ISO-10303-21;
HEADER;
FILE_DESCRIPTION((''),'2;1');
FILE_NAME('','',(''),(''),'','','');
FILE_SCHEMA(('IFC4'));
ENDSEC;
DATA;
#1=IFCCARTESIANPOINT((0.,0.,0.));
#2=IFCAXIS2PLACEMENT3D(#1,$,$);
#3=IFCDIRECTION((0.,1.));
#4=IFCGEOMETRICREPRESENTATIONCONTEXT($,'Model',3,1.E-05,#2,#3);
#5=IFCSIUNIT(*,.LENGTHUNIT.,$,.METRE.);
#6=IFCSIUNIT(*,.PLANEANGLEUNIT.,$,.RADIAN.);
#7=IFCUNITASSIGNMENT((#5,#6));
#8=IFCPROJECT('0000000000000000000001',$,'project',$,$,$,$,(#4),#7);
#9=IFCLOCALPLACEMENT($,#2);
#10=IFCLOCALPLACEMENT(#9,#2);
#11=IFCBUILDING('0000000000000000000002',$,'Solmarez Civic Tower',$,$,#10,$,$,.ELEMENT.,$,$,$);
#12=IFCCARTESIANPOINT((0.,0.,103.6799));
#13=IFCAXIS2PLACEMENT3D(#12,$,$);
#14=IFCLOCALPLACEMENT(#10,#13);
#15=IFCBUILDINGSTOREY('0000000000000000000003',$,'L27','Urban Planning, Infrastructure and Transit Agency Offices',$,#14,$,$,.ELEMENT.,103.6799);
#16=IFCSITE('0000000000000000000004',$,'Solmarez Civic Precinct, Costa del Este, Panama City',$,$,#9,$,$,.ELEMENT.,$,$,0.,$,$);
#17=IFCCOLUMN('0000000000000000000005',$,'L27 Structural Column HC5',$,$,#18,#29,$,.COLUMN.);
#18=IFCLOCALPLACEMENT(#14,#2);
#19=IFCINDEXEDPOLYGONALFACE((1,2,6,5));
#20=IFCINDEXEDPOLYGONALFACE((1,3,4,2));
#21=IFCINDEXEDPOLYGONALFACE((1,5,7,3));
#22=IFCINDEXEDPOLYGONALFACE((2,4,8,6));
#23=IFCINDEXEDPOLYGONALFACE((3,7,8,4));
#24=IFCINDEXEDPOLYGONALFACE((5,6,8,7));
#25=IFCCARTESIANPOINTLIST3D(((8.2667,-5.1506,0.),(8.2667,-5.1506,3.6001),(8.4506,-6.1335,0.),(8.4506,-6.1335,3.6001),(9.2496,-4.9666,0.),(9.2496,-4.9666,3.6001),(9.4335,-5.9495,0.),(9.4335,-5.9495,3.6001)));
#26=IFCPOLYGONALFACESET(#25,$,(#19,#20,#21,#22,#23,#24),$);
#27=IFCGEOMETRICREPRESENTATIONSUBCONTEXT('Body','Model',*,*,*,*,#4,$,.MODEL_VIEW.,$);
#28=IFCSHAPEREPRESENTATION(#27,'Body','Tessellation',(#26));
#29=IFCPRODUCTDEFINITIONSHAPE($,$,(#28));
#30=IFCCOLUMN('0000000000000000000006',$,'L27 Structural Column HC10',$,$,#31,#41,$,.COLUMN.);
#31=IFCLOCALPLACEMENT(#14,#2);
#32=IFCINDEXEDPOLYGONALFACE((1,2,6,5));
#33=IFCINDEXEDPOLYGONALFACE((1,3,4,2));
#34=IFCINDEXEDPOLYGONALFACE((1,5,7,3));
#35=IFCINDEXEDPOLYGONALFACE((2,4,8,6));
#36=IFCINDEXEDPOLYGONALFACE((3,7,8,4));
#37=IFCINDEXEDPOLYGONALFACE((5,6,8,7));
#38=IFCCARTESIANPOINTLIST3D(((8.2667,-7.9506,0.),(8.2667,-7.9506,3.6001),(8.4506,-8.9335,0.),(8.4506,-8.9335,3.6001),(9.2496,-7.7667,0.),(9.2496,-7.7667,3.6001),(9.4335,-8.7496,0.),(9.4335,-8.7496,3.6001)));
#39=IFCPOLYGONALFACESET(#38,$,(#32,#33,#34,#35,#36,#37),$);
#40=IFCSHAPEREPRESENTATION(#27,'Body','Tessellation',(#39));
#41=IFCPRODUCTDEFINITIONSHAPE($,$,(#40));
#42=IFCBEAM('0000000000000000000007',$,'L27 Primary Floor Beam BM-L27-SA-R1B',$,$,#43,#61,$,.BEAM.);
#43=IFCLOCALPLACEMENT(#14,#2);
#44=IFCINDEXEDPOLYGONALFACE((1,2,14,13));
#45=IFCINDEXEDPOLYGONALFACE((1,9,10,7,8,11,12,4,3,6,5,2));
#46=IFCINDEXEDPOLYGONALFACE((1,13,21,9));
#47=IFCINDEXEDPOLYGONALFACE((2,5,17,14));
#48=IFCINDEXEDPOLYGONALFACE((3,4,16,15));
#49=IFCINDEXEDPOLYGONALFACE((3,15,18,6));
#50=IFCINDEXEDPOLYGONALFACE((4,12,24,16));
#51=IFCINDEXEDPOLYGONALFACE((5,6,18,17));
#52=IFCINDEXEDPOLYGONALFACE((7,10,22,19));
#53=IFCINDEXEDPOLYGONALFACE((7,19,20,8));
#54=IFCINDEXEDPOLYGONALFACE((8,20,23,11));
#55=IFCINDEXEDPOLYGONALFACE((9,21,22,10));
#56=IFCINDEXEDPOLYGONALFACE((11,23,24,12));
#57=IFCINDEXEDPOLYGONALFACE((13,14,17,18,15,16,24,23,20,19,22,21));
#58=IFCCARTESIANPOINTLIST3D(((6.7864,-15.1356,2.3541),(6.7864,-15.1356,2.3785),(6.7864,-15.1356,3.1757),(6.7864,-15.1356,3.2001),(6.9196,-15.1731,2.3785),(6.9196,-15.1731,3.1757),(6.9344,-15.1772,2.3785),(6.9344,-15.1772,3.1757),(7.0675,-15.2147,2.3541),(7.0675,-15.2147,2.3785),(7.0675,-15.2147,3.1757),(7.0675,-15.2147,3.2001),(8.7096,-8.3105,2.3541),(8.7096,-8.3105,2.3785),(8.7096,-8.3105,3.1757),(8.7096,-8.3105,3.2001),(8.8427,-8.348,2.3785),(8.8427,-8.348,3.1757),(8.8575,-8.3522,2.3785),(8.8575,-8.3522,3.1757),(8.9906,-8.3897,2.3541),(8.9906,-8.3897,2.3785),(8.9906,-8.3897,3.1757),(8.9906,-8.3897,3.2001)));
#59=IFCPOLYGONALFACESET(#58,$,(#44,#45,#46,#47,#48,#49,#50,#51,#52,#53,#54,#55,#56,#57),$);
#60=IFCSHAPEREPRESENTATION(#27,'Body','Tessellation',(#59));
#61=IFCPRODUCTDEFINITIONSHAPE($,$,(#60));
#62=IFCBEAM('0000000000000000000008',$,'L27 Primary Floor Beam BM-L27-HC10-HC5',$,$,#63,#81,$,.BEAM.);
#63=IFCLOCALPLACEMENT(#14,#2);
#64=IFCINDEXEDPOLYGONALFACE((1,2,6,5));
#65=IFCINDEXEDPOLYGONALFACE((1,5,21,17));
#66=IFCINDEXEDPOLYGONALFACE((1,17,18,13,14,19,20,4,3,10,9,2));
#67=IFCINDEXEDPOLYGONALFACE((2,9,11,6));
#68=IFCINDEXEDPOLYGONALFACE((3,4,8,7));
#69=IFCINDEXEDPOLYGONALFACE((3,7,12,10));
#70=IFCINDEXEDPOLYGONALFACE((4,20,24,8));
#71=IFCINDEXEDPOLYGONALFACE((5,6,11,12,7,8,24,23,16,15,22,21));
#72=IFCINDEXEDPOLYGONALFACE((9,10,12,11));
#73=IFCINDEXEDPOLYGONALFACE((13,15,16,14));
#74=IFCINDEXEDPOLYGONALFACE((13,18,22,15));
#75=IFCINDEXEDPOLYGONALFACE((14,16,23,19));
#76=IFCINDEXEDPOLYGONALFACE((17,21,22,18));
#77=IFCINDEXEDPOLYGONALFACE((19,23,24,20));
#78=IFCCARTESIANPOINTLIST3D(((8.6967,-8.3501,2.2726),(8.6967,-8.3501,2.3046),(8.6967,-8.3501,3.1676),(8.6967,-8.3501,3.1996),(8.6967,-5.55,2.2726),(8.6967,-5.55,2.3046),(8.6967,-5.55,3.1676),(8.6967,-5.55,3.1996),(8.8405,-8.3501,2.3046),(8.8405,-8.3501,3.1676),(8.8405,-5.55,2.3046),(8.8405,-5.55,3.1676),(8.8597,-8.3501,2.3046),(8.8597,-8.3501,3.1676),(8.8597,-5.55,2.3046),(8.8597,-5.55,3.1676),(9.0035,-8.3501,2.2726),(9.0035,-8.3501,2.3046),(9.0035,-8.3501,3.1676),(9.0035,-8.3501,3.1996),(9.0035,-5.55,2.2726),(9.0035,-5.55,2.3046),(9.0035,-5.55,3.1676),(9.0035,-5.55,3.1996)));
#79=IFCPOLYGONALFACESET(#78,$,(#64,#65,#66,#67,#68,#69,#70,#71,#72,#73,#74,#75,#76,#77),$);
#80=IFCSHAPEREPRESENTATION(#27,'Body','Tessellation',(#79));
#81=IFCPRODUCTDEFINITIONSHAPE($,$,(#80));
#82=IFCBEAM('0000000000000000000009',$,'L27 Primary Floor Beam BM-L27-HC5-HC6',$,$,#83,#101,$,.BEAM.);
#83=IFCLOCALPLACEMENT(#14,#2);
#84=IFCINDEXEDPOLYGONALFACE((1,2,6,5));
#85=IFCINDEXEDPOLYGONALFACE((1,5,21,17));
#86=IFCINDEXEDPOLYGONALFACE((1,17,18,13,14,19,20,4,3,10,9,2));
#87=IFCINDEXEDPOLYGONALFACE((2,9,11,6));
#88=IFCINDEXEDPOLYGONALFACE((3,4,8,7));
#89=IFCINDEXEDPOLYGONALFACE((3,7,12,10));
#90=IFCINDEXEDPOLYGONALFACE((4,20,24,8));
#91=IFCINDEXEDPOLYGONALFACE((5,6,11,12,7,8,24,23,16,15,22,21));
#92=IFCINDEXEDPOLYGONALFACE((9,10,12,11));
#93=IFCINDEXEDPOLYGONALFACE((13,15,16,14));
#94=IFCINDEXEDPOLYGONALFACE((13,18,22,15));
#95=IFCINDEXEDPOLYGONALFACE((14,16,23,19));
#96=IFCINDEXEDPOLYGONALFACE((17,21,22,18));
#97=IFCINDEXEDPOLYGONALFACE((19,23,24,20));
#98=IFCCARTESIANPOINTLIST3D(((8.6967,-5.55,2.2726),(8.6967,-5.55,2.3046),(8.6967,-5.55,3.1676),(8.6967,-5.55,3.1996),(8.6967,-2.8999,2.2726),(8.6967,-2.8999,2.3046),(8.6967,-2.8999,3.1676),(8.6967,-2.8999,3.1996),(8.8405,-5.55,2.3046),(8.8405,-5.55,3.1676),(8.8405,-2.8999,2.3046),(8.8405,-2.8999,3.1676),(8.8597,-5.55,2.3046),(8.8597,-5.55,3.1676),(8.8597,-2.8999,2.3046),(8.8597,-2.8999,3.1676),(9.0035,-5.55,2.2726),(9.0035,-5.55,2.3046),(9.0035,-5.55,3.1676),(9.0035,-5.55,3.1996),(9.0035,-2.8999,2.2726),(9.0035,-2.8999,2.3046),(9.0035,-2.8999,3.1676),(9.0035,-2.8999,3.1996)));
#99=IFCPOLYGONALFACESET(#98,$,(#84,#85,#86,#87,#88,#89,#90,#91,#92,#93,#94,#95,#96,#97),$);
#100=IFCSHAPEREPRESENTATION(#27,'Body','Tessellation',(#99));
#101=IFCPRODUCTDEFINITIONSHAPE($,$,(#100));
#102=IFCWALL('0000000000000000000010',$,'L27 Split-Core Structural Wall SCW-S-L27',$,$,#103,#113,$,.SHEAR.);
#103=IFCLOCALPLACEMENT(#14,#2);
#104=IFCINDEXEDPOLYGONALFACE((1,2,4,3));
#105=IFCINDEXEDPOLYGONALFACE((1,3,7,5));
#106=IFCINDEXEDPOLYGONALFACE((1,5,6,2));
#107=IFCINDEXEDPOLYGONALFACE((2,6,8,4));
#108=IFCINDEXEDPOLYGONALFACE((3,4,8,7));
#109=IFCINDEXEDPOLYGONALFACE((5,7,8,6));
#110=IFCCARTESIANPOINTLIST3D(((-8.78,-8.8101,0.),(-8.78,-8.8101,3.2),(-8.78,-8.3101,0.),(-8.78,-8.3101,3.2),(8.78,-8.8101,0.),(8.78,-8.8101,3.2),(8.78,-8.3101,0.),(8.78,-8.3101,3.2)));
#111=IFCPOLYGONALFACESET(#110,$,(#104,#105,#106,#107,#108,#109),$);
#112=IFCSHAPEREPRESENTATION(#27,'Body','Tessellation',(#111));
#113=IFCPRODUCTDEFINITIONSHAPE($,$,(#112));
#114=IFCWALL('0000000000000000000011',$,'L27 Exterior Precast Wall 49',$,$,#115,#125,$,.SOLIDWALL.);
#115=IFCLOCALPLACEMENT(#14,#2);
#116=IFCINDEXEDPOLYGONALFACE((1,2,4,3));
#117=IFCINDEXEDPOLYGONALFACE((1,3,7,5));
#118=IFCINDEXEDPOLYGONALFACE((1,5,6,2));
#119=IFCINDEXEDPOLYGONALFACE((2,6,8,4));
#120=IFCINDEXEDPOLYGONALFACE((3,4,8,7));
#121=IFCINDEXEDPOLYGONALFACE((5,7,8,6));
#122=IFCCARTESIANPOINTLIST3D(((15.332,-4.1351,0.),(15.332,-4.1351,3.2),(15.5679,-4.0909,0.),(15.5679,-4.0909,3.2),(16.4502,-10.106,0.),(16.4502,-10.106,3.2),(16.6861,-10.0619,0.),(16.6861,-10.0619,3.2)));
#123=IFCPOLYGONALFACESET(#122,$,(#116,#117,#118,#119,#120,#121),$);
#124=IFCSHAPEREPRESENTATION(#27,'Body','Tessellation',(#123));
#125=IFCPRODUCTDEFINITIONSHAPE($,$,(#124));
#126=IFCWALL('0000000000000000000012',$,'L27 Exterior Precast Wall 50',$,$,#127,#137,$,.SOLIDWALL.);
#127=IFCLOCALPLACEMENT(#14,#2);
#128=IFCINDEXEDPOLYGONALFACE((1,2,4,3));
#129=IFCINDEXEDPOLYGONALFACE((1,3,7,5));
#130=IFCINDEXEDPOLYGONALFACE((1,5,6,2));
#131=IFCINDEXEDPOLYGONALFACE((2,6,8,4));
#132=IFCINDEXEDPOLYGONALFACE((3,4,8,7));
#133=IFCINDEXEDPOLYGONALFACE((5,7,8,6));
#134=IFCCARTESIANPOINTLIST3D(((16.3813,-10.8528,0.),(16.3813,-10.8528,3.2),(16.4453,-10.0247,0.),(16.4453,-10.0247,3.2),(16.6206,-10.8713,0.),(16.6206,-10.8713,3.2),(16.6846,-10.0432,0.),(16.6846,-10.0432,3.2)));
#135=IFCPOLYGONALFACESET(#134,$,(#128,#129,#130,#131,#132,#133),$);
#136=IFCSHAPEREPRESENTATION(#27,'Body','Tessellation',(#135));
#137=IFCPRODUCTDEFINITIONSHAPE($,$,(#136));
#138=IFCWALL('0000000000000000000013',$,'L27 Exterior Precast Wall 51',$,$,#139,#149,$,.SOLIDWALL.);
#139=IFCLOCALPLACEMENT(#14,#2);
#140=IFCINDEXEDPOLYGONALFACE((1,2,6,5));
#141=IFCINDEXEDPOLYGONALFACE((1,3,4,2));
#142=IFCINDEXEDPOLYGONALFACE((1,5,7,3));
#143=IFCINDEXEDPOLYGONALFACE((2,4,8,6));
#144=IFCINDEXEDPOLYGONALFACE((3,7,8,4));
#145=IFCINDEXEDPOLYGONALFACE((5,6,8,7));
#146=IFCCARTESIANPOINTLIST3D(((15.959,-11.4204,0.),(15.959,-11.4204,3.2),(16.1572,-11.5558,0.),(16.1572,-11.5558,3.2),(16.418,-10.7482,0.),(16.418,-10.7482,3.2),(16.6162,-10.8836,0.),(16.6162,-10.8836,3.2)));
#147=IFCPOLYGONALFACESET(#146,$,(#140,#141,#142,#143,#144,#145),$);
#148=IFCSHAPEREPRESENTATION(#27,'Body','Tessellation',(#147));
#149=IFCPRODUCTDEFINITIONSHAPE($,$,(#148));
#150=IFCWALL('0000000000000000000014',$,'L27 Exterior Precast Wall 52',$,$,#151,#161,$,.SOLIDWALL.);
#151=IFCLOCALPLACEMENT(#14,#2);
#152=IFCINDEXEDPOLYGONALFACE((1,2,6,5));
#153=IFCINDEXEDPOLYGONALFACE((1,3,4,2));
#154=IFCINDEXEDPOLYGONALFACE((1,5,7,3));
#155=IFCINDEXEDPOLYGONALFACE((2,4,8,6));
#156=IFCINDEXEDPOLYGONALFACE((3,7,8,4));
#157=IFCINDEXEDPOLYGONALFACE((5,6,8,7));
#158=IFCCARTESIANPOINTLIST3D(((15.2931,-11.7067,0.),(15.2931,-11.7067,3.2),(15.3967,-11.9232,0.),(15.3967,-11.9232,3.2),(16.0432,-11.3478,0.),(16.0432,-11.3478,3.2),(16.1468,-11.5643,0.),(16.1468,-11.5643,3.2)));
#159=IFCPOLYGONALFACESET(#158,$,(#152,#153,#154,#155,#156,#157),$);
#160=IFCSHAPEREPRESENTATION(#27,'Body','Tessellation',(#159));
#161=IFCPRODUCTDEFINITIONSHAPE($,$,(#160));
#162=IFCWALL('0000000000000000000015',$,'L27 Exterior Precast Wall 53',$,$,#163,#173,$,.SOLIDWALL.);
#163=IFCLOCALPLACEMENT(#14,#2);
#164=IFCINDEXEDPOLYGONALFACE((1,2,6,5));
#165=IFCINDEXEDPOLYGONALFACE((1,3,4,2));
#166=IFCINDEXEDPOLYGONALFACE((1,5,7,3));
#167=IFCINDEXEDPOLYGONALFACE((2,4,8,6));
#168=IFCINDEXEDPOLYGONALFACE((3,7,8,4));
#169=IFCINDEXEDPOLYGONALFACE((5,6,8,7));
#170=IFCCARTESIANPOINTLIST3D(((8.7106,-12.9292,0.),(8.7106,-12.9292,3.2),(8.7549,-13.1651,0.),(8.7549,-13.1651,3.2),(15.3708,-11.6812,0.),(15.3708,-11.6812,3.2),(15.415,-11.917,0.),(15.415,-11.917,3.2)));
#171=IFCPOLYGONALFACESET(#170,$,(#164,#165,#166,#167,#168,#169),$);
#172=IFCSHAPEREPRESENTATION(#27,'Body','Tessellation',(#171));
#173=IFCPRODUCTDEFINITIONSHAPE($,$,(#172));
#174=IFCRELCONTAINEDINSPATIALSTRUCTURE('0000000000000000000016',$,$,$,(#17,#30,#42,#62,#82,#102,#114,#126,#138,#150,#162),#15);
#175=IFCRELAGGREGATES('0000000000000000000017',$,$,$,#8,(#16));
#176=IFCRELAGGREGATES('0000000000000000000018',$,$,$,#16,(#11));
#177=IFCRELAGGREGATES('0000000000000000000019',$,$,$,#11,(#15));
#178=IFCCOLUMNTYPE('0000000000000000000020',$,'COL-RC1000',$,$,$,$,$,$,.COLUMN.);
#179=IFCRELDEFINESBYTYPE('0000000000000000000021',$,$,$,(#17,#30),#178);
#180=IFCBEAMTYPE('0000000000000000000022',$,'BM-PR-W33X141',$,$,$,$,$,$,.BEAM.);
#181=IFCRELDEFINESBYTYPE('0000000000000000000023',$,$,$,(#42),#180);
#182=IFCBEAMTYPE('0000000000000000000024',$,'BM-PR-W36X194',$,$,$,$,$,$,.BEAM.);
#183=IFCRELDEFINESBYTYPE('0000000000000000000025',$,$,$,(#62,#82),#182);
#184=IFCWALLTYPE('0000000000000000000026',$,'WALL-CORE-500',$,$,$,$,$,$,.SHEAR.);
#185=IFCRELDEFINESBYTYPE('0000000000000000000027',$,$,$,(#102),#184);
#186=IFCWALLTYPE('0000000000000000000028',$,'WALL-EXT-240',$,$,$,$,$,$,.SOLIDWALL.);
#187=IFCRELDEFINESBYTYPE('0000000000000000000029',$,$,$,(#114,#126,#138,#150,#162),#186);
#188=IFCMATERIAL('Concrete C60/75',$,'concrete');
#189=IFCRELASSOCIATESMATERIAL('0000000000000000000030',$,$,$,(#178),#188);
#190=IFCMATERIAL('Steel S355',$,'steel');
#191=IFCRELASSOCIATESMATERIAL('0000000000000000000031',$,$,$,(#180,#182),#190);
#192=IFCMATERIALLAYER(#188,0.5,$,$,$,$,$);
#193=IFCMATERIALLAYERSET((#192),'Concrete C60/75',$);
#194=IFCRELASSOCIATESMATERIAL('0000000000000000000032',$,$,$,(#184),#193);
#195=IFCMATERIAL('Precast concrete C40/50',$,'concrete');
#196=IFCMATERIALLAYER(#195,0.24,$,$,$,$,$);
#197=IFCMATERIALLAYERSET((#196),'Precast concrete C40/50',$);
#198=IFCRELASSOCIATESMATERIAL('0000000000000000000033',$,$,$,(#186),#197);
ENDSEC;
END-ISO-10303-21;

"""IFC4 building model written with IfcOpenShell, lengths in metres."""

from ifc_helpers import new_model, si_unit, direction, frame, frame_2d, origin, origin_2d, place, context, subcontext, project, spatial, rectangle, i_section, extrude, material, layer, layer_set, material_profile, profile_set, type_object, element, save


model = new_model("IFC4")

# Units and contexts
model_context = context("Model", 3, precision=1e-05, world=origin(), true_north=direction((0.0, 1.0)))
body_context = subcontext(model_context, "Body", "Model", "MODEL_VIEW")
ifc_project = project(units=[si_unit("LENGTHUNIT", "METRE"), si_unit("PLANEANGLEUNIT", "RADIAN")], contexts=[model_context])

# Site, building, storey
site_placement = place(None, origin())
site = spatial("IfcSite", under=ifc_project, at=site_placement, Name="Solmarez Civic Precinct, Costa del Este, Panama City", CompositionType="ELEMENT", RefElevation=0.0)
building_placement = place(site_placement, origin())
building = spatial("IfcBuilding", under=site, at=building_placement, Name="Solmarez Civic Tower", CompositionType="ELEMENT")
storey_placement = place(building_placement, frame((0.0, 0.0, 103.6799)))
storey = spatial("IfcBuildingStorey", under=building, at=storey_placement, Name="L27", Description="Urban Planning, Infrastructure and Transit Agency Offices", CompositionType="ELEMENT", Elevation=103.6799)

# Columns
ifc_material_1 = material(Name="Concrete C60/75", Category="concrete")
ifc_material_profile_1 = material_profile(ifc_material_1, rectangle(XDim=1.0, YDim=1.0, at=origin_2d()), Name="RC1000X1000")
ifc_profile_set_1 = profile_set([ifc_material_profile_1], Name="Concrete C60/75")
column_type = type_object("IfcColumnType", Name="COL-RC1000", PredefinedType="COLUMN", material=ifc_profile_set_1)
for number, where, z_axis, x_axis, name in (
    (1, (8.8501, -5.55, 0.0), (0.0, 0.0, 1.0), (0.982935, 0.183951, 0.0), "L27 Structural Column HC5"),
    (2, (8.8501, -8.3501, 0.0), (0.0, 0.0, 1.0), (0.982935, 0.183951, 0.0), "L27 Structural Column HC10"),
):
    element("IfcColumn", number, at=place(storey_placement, frame(where, z_axis=z_axis, x_axis=x_axis)), inside=storey, type_object=column_type, Name=name, PredefinedType="COLUMN", context=body_context, shape_type="SweptSolid", body=[
        extrude(rectangle(XDim=1.0, YDim=1.0, at=origin_2d()), origin(), (0.0, 0.0, 1.0), 3.6001),
    ])

# Beams
ifc_material_2 = material(Name="Steel S355", Category="steel")
ifc_material_profile_2 = material_profile(ifc_material_2, i_section(OverallWidth=0.292, OverallDepth=0.8459, WebThickness=0.0154, FlangeThickness=0.0244, at=origin_2d()), Name="W33X141")
ifc_profile_set_2 = profile_set([ifc_material_profile_2], Name="Steel S355")
beam_type_1 = type_object("IfcBeamType", Name="BM-PR-W33X141", PredefinedType="BEAM", material=ifc_profile_set_2)
beam_1_placement = place(storey_placement, frame((8.8501, -8.3501, 2.7771), z_axis=(-0.271213, -0.962519, 0.0), x_axis=(0.962519, -0.271213, 0.0)))
element("IfcBeam", 3, at=beam_1_placement, inside=storey, type_object=beam_type_1, Name="L27 Primary Floor Beam BM-L27-SA-R1B", PredefinedType="BEAM", context=body_context, shape_type="SweptSolid", body=[
    extrude(i_section(OverallWidth=0.292, OverallDepth=0.8459, WebThickness=0.0154, FlangeThickness=0.0244, at=origin_2d()), origin(), (0.0, 0.0, 1.0), 7.0908),
])
ifc_material_profile_3 = material_profile(ifc_material_2, i_section(OverallWidth=0.3069, OverallDepth=0.927, WebThickness=0.0193, FlangeThickness=0.032, at=origin_2d()), Name="W36X194")
ifc_profile_set_3 = profile_set([ifc_material_profile_3], Name="Steel S355")
beam_type_2 = type_object("IfcBeamType", Name="BM-PR-W36X194", PredefinedType="BEAM", material=ifc_profile_set_3)
beam_2_placement = place(storey_placement, frame((8.8501, -8.3501, 2.7361), z_axis=(0.0, 1.0, 0.0), x_axis=(-1.0, 0.0, 0.0)))
element("IfcBeam", 4, at=beam_2_placement, inside=storey, type_object=beam_type_2, Name="L27 Primary Floor Beam BM-L27-HC10-HC5", PredefinedType="BEAM", context=body_context, shape_type="SweptSolid", body=[
    extrude(i_section(OverallWidth=0.3069, OverallDepth=0.927, WebThickness=0.0193, FlangeThickness=0.032, at=origin_2d()), origin(), (0.0, 0.0, 1.0), 2.8),
])
beam_3_placement = place(storey_placement, frame((8.8501, -5.55, 2.7361), z_axis=(0.0, 1.0, 0.0), x_axis=(-1.0, 0.0, 0.0)))
element("IfcBeam", 5, at=beam_3_placement, inside=storey, type_object=beam_type_2, Name="L27 Primary Floor Beam BM-L27-HC5-HC6", PredefinedType="BEAM", context=body_context, shape_type="SweptSolid", body=[
    extrude(i_section(OverallWidth=0.3069, OverallDepth=0.927, WebThickness=0.0193, FlangeThickness=0.032, at=origin_2d()), origin(), (0.0, 0.0, 1.0), 2.6501),
])

# Walls
ifc_layer_1 = layer(ifc_material_1, 0.5)
ifc_layer_set_1 = layer_set([ifc_layer_1], Name="Concrete C60/75")
wall_type_1 = type_object("IfcWallType", Name="WALL-CORE-500", PredefinedType="SHEAR", material=ifc_layer_set_1)
wall_1_placement = place(storey_placement, frame((8.78, -8.5601, 0.0), z_axis=(0.0, 0.0, 1.0), x_axis=(-1.0, 0.0, 0.0)))
element("IfcWall", 6, at=wall_1_placement, inside=storey, type_object=wall_type_1, Name="L27 Split-Core Structural Wall SCW-S-L27", PredefinedType="SHEAR", context=body_context, shape_type="SweptSolid", body=[
    extrude(rectangle(XDim=17.5601, YDim=0.5, at=frame_2d((8.78, 0.0))), origin(), (0.0, 0.0, 1.0), 3.2),
])
ifc_material_3 = material(Name="Precast concrete C40/50", Category="concrete")
ifc_layer_2 = layer(ifc_material_3, 0.24)
ifc_layer_set_2 = layer_set([ifc_layer_2], Name="Precast concrete C40/50")
wall_type_2 = type_object("IfcWallType", Name="WALL-EXT-240", PredefinedType="SOLIDWALL", material=ifc_layer_set_2)
wall_2_placement = place(storey_placement, frame((15.45, -4.113, 0.0), z_axis=(0.0, 0.0, 1.0), x_axis=(0.184068, -0.982914, 0.0)))
element("IfcWall", 7, at=wall_2_placement, inside=storey, type_object=wall_type_2, Name="L27 Exterior Precast Wall 49", PredefinedType="SOLIDWALL", context=body_context, shape_type="SweptSolid", body=[
    extrude(rectangle(XDim=6.0747, YDim=0.24, at=frame_2d((3.0374, 0.0))), origin(), (0.0, 0.0, 1.0), 3.2),
])
wall_3_placement = place(storey_placement, frame((16.5649, -10.0339, 0.0), z_axis=(0.0, 0.0, 1.0), x_axis=(-0.077011, -0.99703, 0.0)))
element("IfcWall", 8, at=wall_3_placement, inside=storey, type_object=wall_type_2, Name="L27 Exterior Precast Wall 50", PredefinedType="SOLIDWALL", context=body_context, shape_type="SweptSolid", body=[
    extrude(rectangle(XDim=0.8306, YDim=0.24, at=frame_2d((0.4153, 0.0))), origin(), (0.0, 0.0, 1.0), 3.2),
])
wall_4_placement = place(storey_placement, frame((16.5171, -10.8159, 0.0), z_axis=(0.0, 0.0, 1.0), x_axis=(-0.563942, -0.825815, 0.0)))
element("IfcWall", 9, at=wall_4_placement, inside=storey, type_object=wall_type_2, Name="L27 Exterior Precast Wall 51", PredefinedType="SOLIDWALL", context=body_context, shape_type="SweptSolid", body=[
    extrude(rectangle(XDim=0.814, YDim=0.24, at=frame_2d((0.407, 0.0))), origin(), (0.0, 0.0, 1.0), 3.2),
])
wall_5_placement = place(storey_placement, frame((16.095, -11.4561, 0.0), z_axis=(0.0, 0.0, 1.0), x_axis=(-0.902045, -0.431643, 0.0)))
element("IfcWall", 10, at=wall_5_placement, inside=storey, type_object=wall_type_2, Name="L27 Exterior Precast Wall 52", PredefinedType="SOLIDWALL", context=body_context, shape_type="SweptSolid", body=[
    extrude(rectangle(XDim=0.8315, YDim=0.24, at=frame_2d((0.4158, 0.0))), origin(), (0.0, 0.0, 1.0), 3.2),
])
wall_6_placement = place(storey_placement, frame((15.3931, -11.7991, 0.0), z_axis=(0.0, 0.0, 1.0), x_axis=(-0.982892, -0.184184, 0.0)))
element("IfcWall", 11, at=wall_6_placement, inside=storey, type_object=wall_type_2, Name="L27 Exterior Precast Wall 53", PredefinedType="SOLIDWALL", context=body_context, shape_type="SweptSolid", body=[
    extrude(rectangle(XDim=6.7761, YDim=0.24, at=frame_2d((3.3882, 0.0))), origin(), (0.0, 0.0, 1.0), 3.2),
])

save(model, "model.ifc")
